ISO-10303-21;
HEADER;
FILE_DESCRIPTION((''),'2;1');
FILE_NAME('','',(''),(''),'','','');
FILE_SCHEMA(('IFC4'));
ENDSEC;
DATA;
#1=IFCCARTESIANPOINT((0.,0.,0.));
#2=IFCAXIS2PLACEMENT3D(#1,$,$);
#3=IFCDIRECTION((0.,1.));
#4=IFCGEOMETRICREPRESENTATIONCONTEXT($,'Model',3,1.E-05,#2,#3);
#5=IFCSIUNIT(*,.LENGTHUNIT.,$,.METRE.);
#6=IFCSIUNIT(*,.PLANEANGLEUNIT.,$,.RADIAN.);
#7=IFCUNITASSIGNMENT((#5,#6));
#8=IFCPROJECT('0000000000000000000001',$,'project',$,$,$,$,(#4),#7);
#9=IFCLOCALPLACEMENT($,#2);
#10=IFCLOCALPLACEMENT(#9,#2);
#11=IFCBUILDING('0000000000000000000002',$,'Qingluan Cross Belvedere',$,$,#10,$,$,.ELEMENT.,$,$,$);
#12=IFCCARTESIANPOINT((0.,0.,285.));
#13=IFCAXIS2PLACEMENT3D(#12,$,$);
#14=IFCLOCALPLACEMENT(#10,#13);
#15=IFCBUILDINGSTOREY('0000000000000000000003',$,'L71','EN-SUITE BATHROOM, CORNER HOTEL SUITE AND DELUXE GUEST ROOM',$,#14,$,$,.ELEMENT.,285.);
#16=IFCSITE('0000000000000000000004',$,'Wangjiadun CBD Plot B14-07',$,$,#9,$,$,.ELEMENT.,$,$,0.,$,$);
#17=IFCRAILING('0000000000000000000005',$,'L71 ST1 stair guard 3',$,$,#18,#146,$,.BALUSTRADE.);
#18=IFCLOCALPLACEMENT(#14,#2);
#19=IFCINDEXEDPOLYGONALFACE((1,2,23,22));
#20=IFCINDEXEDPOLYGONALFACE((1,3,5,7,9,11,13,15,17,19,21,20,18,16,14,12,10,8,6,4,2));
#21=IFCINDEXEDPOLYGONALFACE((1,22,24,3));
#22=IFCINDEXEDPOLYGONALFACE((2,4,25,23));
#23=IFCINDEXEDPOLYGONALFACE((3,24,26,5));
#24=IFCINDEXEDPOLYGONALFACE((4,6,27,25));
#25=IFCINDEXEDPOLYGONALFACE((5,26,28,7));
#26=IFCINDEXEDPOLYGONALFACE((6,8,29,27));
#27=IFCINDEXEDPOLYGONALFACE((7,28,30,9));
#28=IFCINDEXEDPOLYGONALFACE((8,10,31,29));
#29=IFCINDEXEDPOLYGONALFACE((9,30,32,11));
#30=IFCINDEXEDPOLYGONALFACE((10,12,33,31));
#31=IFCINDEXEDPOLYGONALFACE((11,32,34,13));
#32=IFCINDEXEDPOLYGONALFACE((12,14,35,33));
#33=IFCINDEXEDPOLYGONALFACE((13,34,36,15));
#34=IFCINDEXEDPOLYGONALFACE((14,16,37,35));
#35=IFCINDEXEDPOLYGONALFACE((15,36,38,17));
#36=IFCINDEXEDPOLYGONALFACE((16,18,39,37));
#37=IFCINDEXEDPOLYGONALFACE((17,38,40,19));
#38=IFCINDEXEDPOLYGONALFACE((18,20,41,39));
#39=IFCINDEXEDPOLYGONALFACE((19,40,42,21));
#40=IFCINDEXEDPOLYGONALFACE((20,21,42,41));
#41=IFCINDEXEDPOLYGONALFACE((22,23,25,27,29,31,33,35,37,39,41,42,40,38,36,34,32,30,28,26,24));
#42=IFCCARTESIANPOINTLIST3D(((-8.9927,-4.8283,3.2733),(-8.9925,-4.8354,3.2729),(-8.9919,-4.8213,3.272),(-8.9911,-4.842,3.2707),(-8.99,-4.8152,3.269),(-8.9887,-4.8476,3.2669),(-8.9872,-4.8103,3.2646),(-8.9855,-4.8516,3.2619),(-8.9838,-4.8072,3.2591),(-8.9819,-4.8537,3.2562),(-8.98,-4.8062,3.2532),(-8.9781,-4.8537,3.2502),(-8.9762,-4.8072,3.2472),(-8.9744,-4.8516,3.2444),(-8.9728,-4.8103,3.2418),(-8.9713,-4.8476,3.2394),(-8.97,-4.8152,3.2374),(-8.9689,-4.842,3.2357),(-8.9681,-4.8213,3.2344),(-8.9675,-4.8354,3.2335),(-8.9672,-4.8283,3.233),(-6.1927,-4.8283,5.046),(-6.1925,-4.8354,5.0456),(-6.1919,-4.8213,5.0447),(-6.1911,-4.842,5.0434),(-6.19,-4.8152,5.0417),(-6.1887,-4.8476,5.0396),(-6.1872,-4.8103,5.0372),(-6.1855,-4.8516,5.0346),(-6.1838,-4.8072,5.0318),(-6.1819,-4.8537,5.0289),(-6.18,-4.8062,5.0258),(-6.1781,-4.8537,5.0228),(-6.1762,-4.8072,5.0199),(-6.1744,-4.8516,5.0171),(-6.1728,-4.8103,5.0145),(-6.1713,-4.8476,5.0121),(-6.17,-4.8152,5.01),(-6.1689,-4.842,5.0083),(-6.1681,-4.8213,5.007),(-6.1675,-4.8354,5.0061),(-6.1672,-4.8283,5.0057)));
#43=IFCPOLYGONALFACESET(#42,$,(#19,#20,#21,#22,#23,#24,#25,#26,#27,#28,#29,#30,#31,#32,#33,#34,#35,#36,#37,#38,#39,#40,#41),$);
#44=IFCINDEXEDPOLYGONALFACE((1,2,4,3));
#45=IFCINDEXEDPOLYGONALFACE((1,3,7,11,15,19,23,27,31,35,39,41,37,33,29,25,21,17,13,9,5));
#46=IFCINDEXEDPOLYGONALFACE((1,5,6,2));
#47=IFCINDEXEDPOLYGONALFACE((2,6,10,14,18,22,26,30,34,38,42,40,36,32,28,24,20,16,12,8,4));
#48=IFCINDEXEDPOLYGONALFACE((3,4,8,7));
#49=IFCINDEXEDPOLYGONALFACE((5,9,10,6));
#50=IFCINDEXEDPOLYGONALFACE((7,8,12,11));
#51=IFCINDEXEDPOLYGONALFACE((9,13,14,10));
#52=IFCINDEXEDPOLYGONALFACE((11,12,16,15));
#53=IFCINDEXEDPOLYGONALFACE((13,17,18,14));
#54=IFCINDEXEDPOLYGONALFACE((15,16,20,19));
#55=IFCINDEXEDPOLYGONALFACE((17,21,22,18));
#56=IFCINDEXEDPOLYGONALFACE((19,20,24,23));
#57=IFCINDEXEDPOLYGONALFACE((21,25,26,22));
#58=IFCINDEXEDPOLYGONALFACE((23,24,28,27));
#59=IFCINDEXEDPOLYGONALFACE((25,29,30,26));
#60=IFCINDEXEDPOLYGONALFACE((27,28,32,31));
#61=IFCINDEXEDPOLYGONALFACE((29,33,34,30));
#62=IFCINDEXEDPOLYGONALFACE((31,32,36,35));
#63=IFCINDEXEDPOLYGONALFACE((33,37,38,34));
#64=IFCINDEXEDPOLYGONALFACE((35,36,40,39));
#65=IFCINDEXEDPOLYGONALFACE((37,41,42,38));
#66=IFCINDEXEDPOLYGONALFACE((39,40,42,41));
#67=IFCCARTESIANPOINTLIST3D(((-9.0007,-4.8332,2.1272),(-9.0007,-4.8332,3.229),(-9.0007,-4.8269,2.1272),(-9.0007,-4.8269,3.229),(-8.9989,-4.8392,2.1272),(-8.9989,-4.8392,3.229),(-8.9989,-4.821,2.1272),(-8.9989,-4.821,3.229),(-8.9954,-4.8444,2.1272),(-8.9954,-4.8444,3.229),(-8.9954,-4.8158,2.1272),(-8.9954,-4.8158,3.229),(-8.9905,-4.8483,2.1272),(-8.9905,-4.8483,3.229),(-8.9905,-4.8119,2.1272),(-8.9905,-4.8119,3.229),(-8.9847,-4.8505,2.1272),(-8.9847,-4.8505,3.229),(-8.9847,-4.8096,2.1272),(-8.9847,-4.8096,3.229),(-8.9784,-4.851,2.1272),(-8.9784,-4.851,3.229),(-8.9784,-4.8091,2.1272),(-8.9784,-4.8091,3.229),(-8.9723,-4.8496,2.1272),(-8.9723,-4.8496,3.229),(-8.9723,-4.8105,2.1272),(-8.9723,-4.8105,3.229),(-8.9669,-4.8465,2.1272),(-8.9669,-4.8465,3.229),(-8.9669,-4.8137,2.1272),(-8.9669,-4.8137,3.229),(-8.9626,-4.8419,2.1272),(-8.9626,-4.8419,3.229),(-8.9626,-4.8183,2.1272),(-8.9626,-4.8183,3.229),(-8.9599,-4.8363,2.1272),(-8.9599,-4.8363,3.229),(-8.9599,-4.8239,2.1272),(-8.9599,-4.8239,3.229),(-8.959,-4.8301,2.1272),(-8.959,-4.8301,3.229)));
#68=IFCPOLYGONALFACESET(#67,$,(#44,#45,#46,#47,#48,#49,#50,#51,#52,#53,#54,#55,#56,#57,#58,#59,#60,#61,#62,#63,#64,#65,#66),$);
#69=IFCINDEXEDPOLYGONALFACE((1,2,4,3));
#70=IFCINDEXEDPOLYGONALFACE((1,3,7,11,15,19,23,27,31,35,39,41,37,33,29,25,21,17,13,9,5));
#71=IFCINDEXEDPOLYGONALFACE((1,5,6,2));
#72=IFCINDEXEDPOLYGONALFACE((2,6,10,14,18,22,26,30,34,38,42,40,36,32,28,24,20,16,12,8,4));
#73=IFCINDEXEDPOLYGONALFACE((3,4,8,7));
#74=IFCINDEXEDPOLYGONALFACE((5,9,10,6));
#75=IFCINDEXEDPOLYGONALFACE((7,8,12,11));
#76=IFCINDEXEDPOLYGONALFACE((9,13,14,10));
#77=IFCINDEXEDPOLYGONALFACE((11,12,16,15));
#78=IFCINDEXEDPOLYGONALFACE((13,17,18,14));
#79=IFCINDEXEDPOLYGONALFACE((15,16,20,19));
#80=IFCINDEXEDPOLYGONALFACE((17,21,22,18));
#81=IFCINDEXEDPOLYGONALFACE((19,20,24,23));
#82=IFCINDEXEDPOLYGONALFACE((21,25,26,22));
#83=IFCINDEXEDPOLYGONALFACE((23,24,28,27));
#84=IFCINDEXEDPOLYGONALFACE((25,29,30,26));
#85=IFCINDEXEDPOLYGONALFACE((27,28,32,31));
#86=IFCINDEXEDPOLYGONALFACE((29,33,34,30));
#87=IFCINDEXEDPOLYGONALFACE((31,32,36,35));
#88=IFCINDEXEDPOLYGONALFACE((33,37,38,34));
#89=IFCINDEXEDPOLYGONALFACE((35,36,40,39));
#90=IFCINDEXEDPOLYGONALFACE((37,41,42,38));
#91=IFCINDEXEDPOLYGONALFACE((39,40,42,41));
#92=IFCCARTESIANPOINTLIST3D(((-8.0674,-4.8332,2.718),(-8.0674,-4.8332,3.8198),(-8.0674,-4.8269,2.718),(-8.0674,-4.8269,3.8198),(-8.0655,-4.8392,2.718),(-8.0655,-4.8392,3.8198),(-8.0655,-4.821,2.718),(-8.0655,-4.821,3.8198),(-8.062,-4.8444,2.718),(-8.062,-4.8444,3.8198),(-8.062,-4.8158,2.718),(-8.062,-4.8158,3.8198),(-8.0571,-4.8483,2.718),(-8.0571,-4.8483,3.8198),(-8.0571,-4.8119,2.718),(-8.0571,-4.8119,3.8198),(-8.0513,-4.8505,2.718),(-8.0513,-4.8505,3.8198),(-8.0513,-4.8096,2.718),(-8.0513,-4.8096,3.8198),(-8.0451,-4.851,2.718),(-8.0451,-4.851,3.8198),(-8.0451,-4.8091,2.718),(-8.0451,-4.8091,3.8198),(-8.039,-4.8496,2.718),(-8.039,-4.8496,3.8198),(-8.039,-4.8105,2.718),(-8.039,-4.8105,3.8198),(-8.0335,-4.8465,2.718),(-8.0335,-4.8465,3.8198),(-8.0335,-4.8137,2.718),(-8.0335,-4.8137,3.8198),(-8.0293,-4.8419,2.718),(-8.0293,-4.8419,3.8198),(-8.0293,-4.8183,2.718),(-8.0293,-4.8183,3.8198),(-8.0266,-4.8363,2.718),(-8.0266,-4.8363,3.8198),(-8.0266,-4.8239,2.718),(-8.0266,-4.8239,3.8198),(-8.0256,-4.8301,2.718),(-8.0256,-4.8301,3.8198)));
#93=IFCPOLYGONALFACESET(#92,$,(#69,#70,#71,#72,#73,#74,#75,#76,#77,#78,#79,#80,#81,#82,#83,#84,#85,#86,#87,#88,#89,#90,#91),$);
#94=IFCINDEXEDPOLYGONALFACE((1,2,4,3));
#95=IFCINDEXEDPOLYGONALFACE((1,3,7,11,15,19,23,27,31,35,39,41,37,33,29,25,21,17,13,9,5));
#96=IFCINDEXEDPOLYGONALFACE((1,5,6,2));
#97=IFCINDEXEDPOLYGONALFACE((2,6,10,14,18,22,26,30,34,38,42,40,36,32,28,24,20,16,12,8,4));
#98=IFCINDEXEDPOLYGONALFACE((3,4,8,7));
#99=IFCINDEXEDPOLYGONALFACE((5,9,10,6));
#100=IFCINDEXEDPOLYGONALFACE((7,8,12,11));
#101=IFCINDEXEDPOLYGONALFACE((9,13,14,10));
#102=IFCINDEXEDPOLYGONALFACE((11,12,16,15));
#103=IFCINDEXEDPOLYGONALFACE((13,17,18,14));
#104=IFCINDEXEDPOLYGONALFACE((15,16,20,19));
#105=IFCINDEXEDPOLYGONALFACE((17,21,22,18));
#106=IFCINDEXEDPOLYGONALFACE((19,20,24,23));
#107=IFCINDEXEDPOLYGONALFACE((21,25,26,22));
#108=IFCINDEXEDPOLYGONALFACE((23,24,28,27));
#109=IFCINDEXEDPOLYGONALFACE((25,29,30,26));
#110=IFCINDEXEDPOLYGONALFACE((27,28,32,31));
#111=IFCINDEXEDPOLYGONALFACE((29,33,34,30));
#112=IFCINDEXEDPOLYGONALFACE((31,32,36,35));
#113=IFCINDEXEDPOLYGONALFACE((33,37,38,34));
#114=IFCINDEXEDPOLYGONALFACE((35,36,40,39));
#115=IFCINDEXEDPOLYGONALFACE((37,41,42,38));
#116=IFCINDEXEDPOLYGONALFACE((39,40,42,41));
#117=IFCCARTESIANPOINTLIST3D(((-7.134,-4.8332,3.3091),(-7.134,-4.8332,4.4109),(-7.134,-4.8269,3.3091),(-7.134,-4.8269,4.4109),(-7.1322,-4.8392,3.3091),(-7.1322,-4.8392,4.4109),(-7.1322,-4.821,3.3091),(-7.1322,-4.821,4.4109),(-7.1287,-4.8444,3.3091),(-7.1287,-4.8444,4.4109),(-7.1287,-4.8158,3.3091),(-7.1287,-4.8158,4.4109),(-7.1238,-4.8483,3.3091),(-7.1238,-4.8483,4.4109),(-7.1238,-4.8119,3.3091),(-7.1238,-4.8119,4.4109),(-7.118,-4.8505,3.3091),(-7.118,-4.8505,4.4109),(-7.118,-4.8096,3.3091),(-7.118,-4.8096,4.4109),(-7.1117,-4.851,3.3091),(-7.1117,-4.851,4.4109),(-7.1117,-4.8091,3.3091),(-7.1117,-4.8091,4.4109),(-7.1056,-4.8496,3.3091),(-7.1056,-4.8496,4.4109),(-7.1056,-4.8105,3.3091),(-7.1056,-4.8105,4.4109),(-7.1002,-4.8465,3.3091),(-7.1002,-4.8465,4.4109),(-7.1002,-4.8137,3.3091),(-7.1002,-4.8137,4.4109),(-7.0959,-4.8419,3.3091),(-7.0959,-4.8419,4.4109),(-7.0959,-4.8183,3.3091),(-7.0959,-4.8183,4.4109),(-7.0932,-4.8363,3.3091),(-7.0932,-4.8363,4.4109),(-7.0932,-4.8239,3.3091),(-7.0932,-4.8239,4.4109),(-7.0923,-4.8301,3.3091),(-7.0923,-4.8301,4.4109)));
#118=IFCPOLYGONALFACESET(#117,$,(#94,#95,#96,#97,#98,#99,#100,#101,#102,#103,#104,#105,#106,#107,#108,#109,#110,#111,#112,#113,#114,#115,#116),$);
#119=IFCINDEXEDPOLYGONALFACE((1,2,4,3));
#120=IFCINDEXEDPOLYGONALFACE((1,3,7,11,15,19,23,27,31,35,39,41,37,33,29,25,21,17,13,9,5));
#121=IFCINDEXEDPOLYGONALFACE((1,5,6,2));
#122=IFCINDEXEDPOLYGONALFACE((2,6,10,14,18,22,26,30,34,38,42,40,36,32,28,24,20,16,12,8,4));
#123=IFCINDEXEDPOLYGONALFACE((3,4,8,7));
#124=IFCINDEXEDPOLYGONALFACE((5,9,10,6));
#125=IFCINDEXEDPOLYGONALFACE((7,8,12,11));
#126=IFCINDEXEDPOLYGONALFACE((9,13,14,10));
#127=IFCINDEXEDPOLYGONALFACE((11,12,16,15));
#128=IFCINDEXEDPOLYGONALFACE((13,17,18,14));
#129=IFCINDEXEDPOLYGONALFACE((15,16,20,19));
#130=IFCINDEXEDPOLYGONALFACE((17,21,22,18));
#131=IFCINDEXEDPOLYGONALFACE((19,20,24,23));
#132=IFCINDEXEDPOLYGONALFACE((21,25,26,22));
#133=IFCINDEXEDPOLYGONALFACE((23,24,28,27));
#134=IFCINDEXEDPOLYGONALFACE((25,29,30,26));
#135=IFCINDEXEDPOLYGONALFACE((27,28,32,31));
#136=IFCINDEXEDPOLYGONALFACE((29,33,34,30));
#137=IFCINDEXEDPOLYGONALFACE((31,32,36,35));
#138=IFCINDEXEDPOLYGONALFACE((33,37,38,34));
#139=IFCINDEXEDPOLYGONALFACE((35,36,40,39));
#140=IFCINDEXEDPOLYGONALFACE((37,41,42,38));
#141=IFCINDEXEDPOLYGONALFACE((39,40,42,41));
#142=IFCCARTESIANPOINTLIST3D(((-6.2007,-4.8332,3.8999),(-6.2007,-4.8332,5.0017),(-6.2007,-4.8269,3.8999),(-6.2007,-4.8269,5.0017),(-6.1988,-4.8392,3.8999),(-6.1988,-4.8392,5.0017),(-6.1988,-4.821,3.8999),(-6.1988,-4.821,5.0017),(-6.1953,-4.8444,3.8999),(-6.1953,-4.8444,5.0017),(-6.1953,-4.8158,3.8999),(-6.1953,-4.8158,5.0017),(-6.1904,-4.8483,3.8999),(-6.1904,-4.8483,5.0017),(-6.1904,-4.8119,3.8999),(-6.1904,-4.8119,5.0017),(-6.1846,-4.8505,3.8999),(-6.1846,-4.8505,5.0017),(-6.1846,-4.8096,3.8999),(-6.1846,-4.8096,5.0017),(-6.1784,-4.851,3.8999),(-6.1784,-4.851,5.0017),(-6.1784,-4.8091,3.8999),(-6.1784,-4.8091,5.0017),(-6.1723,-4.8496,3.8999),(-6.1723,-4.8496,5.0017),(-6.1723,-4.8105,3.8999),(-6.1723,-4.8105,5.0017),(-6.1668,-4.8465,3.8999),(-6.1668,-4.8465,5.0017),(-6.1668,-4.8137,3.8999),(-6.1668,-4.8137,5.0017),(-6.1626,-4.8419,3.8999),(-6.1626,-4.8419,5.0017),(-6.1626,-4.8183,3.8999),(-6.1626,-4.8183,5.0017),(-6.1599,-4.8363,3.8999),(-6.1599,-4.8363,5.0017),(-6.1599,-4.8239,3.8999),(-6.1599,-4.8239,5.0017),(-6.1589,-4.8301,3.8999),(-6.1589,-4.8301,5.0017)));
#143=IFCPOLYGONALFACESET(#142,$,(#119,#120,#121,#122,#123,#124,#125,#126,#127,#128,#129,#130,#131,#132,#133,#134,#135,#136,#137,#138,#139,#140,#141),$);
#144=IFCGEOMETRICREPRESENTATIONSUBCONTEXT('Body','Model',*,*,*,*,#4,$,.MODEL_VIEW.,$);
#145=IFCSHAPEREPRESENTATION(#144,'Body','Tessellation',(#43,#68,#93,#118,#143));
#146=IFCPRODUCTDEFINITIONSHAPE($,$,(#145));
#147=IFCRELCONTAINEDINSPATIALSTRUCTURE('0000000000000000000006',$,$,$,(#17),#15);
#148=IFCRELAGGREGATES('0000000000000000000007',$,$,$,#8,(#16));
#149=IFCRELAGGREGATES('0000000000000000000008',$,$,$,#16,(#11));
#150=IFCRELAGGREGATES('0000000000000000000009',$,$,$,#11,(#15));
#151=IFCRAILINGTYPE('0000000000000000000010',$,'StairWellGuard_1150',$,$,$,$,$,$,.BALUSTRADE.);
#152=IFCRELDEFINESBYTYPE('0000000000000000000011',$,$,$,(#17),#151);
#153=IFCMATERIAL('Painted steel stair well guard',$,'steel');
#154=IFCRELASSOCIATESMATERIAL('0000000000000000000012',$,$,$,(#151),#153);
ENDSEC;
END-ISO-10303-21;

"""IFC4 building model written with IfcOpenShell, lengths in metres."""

from ifc_helpers import new_model, si_unit, direction, frame, origin, origin_2d, place, context, subcontext, project, spatial, circle, extrude, material, type_object, element, save


model = new_model("IFC4")

# Units and contexts
model_context = context("Model", 3, precision=1e-05, world=origin(), true_north=direction((0.0, 1.0)))
body_context = subcontext(model_context, "Body", "Model", "MODEL_VIEW")
ifc_project = project(units=[si_unit("LENGTHUNIT", "METRE"), si_unit("PLANEANGLEUNIT", "RADIAN")], contexts=[model_context])

# Site, building, storey
site_placement = place(None, origin())
site = spatial("IfcSite", under=ifc_project, at=site_placement, Name="Wangjiadun CBD Plot B14-07", CompositionType="ELEMENT", RefElevation=0.0)
building_placement = place(site_placement, origin())
building = spatial("IfcBuilding", under=site, at=building_placement, Name="Qingluan Cross Belvedere", CompositionType="ELEMENT")
storey_placement = place(building_placement, frame((0.0, 0.0, 285.0)))
storey = spatial("IfcBuildingStorey", under=building, at=storey_placement, Name="L71", Description="EN-SUITE BATHROOM, CORNER HOTEL SUITE AND DELUXE GUEST ROOM", CompositionType="ELEMENT", Elevation=285.0)

# Railing
ifc_material_1 = material(Name="Painted steel stair well guard", Category="steel")
railing_type_1 = type_object("IfcRailingType", Name="StairWellGuard_1150", PredefinedType="BALUSTRADE", material=ifc_material_1)
railing_1_placement = place(storey_placement, frame((-8.98, -4.8301, 2.1272)))
element("IfcRailing", 1, at=railing_1_placement, inside=storey, type_object=railing_type_1, Name="L71 ST1 stair guard 3", PredefinedType="BALUSTRADE", context=body_context, shape_type="SweptSolid", body=[
    extrude(circle(Radius=0.0239, at=origin_2d()), frame((0.0, 0.0, 1.126), z_axis=(0.844909, 0.0, 0.53491), x_axis=(0.0, 1.0, 0.0)), (0.0, 0.0, 1.0), 3.314),
    extrude(circle(Radius=0.021, at=origin_2d()), origin(), (0.0, 0.0, 1.0), 1.1018),
    extrude(circle(Radius=0.021, at=origin_2d()), frame((0.9333, 0.0, 0.5908)), (0.0, 0.0, 1.0), 1.1018),
    extrude(circle(Radius=0.021, at=origin_2d()), frame((1.8667, 0.0, 1.1819)), (0.0, 0.0, 1.0), 1.1018),
    extrude(circle(Radius=0.021, at=origin_2d()), frame((2.8, 0.0, 1.7727)), (0.0, 0.0, 1.0), 1.1018),
])

save(model, "model.ifc")
